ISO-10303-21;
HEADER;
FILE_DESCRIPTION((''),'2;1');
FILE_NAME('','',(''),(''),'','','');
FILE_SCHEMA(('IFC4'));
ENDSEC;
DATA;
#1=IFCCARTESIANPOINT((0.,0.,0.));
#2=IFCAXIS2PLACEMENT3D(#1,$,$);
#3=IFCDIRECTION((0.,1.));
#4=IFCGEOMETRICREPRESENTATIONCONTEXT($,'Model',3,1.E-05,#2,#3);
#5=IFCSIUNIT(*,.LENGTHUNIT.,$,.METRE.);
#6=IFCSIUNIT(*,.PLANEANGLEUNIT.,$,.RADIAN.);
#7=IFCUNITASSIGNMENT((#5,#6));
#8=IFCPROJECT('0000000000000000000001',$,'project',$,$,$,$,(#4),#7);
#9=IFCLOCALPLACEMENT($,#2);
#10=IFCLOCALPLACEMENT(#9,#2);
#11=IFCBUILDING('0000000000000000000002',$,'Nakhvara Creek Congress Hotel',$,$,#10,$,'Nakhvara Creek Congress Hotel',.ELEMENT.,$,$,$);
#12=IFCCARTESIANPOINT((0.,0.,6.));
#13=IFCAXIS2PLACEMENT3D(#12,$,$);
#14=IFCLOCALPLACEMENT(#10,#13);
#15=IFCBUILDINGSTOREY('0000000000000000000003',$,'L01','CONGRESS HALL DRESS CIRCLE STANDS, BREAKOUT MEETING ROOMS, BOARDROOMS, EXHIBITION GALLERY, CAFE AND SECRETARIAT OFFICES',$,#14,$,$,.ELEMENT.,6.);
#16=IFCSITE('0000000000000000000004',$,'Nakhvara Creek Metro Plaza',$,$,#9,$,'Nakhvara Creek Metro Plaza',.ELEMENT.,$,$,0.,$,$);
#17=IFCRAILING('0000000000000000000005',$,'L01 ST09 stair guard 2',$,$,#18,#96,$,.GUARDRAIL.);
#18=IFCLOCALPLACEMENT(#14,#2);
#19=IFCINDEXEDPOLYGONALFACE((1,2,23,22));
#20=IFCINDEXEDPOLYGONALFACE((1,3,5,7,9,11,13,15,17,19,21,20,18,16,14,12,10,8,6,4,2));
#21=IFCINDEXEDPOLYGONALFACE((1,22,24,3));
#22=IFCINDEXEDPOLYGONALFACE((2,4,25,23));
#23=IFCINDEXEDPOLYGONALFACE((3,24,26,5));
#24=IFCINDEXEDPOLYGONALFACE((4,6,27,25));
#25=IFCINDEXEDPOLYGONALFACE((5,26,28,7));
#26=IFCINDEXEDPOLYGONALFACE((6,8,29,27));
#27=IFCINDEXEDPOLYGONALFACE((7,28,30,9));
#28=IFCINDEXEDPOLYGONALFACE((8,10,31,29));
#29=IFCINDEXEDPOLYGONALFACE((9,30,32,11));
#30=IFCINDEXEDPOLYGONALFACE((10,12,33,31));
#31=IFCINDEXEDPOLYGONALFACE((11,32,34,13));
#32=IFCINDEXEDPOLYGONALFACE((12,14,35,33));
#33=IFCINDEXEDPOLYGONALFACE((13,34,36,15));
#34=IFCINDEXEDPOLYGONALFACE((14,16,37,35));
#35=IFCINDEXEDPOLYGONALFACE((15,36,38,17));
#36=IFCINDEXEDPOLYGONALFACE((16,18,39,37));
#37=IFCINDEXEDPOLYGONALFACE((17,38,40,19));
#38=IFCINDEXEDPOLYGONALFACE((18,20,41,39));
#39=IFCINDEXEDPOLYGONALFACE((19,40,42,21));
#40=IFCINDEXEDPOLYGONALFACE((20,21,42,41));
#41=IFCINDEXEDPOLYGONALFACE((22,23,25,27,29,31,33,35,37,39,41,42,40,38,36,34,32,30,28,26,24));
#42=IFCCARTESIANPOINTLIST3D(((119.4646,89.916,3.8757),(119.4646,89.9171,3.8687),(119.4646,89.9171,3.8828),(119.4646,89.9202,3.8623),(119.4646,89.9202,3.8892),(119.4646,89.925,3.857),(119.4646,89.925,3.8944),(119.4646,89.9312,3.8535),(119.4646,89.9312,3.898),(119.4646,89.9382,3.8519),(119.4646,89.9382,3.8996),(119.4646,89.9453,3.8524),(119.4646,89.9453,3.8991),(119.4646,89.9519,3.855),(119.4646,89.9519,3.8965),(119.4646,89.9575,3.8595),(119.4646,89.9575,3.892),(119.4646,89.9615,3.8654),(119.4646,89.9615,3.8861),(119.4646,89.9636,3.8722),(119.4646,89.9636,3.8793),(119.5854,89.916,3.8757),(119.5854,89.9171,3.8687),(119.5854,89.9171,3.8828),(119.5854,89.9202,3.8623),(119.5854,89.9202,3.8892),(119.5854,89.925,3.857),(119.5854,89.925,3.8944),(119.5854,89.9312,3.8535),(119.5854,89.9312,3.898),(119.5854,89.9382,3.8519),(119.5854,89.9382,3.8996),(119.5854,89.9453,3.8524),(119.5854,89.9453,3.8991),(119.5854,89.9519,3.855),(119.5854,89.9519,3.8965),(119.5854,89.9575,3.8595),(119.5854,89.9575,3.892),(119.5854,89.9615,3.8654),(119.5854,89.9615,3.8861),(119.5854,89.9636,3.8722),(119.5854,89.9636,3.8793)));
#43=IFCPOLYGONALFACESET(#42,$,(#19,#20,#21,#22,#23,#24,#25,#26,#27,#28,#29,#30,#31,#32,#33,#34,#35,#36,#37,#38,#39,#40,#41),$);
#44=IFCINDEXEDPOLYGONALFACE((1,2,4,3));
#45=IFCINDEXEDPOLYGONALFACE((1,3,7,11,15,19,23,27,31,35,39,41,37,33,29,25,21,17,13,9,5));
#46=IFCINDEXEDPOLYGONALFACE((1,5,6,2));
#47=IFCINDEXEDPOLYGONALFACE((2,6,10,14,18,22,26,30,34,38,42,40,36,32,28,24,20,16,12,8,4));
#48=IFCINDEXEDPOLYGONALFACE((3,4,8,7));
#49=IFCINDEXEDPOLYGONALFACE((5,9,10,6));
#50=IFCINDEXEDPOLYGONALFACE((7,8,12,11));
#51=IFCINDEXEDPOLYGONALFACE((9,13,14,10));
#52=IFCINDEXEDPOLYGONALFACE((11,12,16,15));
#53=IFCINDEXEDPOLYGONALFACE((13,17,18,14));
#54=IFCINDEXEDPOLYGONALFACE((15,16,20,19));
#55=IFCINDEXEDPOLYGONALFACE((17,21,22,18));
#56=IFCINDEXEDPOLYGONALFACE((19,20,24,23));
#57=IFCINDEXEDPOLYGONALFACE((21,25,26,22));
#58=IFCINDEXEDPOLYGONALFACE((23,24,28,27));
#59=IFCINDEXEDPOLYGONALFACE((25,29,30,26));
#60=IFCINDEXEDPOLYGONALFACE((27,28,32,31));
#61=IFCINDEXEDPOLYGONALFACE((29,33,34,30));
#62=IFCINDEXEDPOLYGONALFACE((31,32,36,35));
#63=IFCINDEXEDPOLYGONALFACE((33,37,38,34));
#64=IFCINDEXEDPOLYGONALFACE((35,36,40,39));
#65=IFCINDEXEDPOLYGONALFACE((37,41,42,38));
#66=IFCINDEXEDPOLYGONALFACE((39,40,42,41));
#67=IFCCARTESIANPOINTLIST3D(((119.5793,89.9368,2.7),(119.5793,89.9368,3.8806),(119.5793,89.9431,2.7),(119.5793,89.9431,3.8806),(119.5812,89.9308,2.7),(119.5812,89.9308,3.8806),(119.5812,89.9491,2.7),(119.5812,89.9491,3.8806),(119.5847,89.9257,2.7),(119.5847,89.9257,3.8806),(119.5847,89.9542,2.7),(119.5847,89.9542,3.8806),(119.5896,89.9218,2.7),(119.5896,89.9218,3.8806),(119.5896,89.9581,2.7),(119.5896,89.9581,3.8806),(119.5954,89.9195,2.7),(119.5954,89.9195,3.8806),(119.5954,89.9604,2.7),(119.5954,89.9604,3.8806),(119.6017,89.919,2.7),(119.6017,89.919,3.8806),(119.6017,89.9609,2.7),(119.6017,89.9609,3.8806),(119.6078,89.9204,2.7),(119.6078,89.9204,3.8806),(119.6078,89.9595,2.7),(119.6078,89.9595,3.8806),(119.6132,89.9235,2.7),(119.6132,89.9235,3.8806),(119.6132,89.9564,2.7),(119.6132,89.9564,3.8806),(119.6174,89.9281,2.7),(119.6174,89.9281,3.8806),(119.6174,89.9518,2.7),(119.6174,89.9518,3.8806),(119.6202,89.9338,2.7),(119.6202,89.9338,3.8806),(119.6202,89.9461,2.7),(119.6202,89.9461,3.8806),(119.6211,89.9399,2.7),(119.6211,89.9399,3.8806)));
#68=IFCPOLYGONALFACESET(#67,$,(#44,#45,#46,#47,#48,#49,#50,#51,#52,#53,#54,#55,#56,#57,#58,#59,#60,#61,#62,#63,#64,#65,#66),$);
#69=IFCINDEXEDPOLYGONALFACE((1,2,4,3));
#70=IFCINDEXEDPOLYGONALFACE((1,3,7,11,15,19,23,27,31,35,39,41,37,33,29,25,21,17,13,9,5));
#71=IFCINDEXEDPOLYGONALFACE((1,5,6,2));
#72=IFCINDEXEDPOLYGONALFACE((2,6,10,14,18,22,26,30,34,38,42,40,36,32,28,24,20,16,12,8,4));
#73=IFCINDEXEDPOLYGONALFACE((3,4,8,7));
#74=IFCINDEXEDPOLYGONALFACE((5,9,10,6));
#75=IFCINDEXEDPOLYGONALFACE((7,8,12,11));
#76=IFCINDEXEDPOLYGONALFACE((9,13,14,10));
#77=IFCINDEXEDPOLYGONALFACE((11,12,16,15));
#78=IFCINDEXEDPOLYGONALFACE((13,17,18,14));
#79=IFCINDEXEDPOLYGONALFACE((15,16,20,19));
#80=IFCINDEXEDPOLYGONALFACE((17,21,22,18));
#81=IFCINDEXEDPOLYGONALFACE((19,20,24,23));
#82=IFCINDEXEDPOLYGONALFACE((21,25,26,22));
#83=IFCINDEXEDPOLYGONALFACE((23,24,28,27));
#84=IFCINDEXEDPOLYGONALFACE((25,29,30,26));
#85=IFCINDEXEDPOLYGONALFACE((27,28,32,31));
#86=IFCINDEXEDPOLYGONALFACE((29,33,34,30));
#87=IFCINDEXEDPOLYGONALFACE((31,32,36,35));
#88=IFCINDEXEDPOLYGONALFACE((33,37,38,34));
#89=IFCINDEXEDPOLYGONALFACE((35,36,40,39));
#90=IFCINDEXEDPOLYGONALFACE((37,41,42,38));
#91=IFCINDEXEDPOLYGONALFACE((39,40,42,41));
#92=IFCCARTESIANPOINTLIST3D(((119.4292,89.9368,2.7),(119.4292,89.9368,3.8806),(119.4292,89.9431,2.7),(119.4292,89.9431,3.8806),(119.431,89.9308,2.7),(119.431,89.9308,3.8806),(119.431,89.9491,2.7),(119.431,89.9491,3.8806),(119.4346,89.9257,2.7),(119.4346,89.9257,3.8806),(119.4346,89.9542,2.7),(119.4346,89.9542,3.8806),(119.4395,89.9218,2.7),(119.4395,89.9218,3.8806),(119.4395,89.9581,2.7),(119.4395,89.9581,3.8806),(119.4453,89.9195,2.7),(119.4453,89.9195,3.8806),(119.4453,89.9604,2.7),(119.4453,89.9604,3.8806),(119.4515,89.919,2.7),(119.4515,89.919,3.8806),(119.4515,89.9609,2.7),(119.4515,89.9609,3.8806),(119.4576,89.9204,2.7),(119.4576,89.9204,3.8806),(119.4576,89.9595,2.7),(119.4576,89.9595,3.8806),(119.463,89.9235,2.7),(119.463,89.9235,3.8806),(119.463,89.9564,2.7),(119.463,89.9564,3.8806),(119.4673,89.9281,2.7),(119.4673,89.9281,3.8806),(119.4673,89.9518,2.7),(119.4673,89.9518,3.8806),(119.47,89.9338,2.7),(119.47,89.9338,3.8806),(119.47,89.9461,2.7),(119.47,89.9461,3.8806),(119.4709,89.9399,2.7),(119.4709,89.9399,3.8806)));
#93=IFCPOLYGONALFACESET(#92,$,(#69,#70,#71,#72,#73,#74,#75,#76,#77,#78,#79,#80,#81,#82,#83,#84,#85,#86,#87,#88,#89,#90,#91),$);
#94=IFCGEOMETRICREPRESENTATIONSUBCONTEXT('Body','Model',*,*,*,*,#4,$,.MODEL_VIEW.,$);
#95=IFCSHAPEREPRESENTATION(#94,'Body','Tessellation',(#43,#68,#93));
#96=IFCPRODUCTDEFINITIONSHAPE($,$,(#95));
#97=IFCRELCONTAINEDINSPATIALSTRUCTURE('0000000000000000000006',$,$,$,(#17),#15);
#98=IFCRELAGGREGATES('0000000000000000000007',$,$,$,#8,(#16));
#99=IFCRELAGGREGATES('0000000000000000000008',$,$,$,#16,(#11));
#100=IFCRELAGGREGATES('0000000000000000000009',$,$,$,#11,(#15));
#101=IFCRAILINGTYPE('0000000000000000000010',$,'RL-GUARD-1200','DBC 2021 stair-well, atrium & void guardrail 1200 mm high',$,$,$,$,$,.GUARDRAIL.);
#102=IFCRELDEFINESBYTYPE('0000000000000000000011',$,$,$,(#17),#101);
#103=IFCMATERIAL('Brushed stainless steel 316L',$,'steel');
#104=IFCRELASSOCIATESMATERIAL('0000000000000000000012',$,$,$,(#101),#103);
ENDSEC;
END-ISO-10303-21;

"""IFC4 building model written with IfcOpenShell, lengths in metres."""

from ifc_helpers import new_model, si_unit, direction, frame, origin, origin_2d, place, context, subcontext, project, spatial, circle, extrude, material, type_object, element, save


model = new_model("IFC4")

# Units and contexts
model_context = context("Model", 3, precision=1e-05, world=origin(), true_north=direction((0.0, 1.0)))
body_context = subcontext(model_context, "Body", "Model", "MODEL_VIEW")
ifc_project = project(units=[si_unit("LENGTHUNIT", "METRE"), si_unit("PLANEANGLEUNIT", "RADIAN")], contexts=[model_context])

# Site, building, storey
site_placement = place(None, origin())
site = spatial("IfcSite", under=ifc_project, at=site_placement, Name="Nakhvara Creek Metro Plaza", LongName="Nakhvara Creek Metro Plaza", CompositionType="ELEMENT", RefElevation=0.0)
building_placement = place(site_placement, origin())
building = spatial("IfcBuilding", under=site, at=building_placement, Name="Nakhvara Creek Congress Hotel", LongName="Nakhvara Creek Congress Hotel", CompositionType="ELEMENT")
storey_placement = place(building_placement, frame((0.0, 0.0, 6.0)))
storey = spatial("IfcBuildingStorey", under=building, at=storey_placement, Name="L01", Description="CONGRESS HALL DRESS CIRCLE STANDS, BREAKOUT MEETING ROOMS, BOARDROOMS, EXHIBITION GALLERY, CAFE AND SECRETARIAT OFFICES", CompositionType="ELEMENT", Elevation=6.0)

# Railing
ifc_material_1 = material(Name="Brushed stainless steel 316L", Category="steel")
railing_type_1 = type_object("IfcRailingType", Name="RL-GUARD-1200", Description="DBC 2021 stair-well, atrium & void guardrail 1200 mm high", PredefinedType="GUARDRAIL", material=ifc_material_1)
railing_1_placement = place(storey_placement, frame((119.6001, 89.9399, 2.7)))
element("IfcRailing", 1, at=railing_1_placement, inside=storey, type_object=railing_type_1, Name="L01 ST09 stair guard 2", PredefinedType="GUARDRAIL", context=body_context, shape_type="SweptSolid", body=[
    extrude(circle(Radius=0.0239, at=origin_2d()), frame((-0.0146, 0.0, 1.1758), z_axis=(-1.0, 0.0, 0.0), x_axis=(0.0, -1.0, 0.0)), (0.0, 0.0, 1.0), 0.1208),
    extrude(circle(Radius=0.021, at=origin_2d()), origin(), (0.0, 0.0, 1.0), 1.1807),
    extrude(circle(Radius=0.021, at=origin_2d()), frame((-0.1501, 0.0, 0.0)), (0.0, 0.0, 1.0), 1.1807),
])

save(model, "model.ifc")
